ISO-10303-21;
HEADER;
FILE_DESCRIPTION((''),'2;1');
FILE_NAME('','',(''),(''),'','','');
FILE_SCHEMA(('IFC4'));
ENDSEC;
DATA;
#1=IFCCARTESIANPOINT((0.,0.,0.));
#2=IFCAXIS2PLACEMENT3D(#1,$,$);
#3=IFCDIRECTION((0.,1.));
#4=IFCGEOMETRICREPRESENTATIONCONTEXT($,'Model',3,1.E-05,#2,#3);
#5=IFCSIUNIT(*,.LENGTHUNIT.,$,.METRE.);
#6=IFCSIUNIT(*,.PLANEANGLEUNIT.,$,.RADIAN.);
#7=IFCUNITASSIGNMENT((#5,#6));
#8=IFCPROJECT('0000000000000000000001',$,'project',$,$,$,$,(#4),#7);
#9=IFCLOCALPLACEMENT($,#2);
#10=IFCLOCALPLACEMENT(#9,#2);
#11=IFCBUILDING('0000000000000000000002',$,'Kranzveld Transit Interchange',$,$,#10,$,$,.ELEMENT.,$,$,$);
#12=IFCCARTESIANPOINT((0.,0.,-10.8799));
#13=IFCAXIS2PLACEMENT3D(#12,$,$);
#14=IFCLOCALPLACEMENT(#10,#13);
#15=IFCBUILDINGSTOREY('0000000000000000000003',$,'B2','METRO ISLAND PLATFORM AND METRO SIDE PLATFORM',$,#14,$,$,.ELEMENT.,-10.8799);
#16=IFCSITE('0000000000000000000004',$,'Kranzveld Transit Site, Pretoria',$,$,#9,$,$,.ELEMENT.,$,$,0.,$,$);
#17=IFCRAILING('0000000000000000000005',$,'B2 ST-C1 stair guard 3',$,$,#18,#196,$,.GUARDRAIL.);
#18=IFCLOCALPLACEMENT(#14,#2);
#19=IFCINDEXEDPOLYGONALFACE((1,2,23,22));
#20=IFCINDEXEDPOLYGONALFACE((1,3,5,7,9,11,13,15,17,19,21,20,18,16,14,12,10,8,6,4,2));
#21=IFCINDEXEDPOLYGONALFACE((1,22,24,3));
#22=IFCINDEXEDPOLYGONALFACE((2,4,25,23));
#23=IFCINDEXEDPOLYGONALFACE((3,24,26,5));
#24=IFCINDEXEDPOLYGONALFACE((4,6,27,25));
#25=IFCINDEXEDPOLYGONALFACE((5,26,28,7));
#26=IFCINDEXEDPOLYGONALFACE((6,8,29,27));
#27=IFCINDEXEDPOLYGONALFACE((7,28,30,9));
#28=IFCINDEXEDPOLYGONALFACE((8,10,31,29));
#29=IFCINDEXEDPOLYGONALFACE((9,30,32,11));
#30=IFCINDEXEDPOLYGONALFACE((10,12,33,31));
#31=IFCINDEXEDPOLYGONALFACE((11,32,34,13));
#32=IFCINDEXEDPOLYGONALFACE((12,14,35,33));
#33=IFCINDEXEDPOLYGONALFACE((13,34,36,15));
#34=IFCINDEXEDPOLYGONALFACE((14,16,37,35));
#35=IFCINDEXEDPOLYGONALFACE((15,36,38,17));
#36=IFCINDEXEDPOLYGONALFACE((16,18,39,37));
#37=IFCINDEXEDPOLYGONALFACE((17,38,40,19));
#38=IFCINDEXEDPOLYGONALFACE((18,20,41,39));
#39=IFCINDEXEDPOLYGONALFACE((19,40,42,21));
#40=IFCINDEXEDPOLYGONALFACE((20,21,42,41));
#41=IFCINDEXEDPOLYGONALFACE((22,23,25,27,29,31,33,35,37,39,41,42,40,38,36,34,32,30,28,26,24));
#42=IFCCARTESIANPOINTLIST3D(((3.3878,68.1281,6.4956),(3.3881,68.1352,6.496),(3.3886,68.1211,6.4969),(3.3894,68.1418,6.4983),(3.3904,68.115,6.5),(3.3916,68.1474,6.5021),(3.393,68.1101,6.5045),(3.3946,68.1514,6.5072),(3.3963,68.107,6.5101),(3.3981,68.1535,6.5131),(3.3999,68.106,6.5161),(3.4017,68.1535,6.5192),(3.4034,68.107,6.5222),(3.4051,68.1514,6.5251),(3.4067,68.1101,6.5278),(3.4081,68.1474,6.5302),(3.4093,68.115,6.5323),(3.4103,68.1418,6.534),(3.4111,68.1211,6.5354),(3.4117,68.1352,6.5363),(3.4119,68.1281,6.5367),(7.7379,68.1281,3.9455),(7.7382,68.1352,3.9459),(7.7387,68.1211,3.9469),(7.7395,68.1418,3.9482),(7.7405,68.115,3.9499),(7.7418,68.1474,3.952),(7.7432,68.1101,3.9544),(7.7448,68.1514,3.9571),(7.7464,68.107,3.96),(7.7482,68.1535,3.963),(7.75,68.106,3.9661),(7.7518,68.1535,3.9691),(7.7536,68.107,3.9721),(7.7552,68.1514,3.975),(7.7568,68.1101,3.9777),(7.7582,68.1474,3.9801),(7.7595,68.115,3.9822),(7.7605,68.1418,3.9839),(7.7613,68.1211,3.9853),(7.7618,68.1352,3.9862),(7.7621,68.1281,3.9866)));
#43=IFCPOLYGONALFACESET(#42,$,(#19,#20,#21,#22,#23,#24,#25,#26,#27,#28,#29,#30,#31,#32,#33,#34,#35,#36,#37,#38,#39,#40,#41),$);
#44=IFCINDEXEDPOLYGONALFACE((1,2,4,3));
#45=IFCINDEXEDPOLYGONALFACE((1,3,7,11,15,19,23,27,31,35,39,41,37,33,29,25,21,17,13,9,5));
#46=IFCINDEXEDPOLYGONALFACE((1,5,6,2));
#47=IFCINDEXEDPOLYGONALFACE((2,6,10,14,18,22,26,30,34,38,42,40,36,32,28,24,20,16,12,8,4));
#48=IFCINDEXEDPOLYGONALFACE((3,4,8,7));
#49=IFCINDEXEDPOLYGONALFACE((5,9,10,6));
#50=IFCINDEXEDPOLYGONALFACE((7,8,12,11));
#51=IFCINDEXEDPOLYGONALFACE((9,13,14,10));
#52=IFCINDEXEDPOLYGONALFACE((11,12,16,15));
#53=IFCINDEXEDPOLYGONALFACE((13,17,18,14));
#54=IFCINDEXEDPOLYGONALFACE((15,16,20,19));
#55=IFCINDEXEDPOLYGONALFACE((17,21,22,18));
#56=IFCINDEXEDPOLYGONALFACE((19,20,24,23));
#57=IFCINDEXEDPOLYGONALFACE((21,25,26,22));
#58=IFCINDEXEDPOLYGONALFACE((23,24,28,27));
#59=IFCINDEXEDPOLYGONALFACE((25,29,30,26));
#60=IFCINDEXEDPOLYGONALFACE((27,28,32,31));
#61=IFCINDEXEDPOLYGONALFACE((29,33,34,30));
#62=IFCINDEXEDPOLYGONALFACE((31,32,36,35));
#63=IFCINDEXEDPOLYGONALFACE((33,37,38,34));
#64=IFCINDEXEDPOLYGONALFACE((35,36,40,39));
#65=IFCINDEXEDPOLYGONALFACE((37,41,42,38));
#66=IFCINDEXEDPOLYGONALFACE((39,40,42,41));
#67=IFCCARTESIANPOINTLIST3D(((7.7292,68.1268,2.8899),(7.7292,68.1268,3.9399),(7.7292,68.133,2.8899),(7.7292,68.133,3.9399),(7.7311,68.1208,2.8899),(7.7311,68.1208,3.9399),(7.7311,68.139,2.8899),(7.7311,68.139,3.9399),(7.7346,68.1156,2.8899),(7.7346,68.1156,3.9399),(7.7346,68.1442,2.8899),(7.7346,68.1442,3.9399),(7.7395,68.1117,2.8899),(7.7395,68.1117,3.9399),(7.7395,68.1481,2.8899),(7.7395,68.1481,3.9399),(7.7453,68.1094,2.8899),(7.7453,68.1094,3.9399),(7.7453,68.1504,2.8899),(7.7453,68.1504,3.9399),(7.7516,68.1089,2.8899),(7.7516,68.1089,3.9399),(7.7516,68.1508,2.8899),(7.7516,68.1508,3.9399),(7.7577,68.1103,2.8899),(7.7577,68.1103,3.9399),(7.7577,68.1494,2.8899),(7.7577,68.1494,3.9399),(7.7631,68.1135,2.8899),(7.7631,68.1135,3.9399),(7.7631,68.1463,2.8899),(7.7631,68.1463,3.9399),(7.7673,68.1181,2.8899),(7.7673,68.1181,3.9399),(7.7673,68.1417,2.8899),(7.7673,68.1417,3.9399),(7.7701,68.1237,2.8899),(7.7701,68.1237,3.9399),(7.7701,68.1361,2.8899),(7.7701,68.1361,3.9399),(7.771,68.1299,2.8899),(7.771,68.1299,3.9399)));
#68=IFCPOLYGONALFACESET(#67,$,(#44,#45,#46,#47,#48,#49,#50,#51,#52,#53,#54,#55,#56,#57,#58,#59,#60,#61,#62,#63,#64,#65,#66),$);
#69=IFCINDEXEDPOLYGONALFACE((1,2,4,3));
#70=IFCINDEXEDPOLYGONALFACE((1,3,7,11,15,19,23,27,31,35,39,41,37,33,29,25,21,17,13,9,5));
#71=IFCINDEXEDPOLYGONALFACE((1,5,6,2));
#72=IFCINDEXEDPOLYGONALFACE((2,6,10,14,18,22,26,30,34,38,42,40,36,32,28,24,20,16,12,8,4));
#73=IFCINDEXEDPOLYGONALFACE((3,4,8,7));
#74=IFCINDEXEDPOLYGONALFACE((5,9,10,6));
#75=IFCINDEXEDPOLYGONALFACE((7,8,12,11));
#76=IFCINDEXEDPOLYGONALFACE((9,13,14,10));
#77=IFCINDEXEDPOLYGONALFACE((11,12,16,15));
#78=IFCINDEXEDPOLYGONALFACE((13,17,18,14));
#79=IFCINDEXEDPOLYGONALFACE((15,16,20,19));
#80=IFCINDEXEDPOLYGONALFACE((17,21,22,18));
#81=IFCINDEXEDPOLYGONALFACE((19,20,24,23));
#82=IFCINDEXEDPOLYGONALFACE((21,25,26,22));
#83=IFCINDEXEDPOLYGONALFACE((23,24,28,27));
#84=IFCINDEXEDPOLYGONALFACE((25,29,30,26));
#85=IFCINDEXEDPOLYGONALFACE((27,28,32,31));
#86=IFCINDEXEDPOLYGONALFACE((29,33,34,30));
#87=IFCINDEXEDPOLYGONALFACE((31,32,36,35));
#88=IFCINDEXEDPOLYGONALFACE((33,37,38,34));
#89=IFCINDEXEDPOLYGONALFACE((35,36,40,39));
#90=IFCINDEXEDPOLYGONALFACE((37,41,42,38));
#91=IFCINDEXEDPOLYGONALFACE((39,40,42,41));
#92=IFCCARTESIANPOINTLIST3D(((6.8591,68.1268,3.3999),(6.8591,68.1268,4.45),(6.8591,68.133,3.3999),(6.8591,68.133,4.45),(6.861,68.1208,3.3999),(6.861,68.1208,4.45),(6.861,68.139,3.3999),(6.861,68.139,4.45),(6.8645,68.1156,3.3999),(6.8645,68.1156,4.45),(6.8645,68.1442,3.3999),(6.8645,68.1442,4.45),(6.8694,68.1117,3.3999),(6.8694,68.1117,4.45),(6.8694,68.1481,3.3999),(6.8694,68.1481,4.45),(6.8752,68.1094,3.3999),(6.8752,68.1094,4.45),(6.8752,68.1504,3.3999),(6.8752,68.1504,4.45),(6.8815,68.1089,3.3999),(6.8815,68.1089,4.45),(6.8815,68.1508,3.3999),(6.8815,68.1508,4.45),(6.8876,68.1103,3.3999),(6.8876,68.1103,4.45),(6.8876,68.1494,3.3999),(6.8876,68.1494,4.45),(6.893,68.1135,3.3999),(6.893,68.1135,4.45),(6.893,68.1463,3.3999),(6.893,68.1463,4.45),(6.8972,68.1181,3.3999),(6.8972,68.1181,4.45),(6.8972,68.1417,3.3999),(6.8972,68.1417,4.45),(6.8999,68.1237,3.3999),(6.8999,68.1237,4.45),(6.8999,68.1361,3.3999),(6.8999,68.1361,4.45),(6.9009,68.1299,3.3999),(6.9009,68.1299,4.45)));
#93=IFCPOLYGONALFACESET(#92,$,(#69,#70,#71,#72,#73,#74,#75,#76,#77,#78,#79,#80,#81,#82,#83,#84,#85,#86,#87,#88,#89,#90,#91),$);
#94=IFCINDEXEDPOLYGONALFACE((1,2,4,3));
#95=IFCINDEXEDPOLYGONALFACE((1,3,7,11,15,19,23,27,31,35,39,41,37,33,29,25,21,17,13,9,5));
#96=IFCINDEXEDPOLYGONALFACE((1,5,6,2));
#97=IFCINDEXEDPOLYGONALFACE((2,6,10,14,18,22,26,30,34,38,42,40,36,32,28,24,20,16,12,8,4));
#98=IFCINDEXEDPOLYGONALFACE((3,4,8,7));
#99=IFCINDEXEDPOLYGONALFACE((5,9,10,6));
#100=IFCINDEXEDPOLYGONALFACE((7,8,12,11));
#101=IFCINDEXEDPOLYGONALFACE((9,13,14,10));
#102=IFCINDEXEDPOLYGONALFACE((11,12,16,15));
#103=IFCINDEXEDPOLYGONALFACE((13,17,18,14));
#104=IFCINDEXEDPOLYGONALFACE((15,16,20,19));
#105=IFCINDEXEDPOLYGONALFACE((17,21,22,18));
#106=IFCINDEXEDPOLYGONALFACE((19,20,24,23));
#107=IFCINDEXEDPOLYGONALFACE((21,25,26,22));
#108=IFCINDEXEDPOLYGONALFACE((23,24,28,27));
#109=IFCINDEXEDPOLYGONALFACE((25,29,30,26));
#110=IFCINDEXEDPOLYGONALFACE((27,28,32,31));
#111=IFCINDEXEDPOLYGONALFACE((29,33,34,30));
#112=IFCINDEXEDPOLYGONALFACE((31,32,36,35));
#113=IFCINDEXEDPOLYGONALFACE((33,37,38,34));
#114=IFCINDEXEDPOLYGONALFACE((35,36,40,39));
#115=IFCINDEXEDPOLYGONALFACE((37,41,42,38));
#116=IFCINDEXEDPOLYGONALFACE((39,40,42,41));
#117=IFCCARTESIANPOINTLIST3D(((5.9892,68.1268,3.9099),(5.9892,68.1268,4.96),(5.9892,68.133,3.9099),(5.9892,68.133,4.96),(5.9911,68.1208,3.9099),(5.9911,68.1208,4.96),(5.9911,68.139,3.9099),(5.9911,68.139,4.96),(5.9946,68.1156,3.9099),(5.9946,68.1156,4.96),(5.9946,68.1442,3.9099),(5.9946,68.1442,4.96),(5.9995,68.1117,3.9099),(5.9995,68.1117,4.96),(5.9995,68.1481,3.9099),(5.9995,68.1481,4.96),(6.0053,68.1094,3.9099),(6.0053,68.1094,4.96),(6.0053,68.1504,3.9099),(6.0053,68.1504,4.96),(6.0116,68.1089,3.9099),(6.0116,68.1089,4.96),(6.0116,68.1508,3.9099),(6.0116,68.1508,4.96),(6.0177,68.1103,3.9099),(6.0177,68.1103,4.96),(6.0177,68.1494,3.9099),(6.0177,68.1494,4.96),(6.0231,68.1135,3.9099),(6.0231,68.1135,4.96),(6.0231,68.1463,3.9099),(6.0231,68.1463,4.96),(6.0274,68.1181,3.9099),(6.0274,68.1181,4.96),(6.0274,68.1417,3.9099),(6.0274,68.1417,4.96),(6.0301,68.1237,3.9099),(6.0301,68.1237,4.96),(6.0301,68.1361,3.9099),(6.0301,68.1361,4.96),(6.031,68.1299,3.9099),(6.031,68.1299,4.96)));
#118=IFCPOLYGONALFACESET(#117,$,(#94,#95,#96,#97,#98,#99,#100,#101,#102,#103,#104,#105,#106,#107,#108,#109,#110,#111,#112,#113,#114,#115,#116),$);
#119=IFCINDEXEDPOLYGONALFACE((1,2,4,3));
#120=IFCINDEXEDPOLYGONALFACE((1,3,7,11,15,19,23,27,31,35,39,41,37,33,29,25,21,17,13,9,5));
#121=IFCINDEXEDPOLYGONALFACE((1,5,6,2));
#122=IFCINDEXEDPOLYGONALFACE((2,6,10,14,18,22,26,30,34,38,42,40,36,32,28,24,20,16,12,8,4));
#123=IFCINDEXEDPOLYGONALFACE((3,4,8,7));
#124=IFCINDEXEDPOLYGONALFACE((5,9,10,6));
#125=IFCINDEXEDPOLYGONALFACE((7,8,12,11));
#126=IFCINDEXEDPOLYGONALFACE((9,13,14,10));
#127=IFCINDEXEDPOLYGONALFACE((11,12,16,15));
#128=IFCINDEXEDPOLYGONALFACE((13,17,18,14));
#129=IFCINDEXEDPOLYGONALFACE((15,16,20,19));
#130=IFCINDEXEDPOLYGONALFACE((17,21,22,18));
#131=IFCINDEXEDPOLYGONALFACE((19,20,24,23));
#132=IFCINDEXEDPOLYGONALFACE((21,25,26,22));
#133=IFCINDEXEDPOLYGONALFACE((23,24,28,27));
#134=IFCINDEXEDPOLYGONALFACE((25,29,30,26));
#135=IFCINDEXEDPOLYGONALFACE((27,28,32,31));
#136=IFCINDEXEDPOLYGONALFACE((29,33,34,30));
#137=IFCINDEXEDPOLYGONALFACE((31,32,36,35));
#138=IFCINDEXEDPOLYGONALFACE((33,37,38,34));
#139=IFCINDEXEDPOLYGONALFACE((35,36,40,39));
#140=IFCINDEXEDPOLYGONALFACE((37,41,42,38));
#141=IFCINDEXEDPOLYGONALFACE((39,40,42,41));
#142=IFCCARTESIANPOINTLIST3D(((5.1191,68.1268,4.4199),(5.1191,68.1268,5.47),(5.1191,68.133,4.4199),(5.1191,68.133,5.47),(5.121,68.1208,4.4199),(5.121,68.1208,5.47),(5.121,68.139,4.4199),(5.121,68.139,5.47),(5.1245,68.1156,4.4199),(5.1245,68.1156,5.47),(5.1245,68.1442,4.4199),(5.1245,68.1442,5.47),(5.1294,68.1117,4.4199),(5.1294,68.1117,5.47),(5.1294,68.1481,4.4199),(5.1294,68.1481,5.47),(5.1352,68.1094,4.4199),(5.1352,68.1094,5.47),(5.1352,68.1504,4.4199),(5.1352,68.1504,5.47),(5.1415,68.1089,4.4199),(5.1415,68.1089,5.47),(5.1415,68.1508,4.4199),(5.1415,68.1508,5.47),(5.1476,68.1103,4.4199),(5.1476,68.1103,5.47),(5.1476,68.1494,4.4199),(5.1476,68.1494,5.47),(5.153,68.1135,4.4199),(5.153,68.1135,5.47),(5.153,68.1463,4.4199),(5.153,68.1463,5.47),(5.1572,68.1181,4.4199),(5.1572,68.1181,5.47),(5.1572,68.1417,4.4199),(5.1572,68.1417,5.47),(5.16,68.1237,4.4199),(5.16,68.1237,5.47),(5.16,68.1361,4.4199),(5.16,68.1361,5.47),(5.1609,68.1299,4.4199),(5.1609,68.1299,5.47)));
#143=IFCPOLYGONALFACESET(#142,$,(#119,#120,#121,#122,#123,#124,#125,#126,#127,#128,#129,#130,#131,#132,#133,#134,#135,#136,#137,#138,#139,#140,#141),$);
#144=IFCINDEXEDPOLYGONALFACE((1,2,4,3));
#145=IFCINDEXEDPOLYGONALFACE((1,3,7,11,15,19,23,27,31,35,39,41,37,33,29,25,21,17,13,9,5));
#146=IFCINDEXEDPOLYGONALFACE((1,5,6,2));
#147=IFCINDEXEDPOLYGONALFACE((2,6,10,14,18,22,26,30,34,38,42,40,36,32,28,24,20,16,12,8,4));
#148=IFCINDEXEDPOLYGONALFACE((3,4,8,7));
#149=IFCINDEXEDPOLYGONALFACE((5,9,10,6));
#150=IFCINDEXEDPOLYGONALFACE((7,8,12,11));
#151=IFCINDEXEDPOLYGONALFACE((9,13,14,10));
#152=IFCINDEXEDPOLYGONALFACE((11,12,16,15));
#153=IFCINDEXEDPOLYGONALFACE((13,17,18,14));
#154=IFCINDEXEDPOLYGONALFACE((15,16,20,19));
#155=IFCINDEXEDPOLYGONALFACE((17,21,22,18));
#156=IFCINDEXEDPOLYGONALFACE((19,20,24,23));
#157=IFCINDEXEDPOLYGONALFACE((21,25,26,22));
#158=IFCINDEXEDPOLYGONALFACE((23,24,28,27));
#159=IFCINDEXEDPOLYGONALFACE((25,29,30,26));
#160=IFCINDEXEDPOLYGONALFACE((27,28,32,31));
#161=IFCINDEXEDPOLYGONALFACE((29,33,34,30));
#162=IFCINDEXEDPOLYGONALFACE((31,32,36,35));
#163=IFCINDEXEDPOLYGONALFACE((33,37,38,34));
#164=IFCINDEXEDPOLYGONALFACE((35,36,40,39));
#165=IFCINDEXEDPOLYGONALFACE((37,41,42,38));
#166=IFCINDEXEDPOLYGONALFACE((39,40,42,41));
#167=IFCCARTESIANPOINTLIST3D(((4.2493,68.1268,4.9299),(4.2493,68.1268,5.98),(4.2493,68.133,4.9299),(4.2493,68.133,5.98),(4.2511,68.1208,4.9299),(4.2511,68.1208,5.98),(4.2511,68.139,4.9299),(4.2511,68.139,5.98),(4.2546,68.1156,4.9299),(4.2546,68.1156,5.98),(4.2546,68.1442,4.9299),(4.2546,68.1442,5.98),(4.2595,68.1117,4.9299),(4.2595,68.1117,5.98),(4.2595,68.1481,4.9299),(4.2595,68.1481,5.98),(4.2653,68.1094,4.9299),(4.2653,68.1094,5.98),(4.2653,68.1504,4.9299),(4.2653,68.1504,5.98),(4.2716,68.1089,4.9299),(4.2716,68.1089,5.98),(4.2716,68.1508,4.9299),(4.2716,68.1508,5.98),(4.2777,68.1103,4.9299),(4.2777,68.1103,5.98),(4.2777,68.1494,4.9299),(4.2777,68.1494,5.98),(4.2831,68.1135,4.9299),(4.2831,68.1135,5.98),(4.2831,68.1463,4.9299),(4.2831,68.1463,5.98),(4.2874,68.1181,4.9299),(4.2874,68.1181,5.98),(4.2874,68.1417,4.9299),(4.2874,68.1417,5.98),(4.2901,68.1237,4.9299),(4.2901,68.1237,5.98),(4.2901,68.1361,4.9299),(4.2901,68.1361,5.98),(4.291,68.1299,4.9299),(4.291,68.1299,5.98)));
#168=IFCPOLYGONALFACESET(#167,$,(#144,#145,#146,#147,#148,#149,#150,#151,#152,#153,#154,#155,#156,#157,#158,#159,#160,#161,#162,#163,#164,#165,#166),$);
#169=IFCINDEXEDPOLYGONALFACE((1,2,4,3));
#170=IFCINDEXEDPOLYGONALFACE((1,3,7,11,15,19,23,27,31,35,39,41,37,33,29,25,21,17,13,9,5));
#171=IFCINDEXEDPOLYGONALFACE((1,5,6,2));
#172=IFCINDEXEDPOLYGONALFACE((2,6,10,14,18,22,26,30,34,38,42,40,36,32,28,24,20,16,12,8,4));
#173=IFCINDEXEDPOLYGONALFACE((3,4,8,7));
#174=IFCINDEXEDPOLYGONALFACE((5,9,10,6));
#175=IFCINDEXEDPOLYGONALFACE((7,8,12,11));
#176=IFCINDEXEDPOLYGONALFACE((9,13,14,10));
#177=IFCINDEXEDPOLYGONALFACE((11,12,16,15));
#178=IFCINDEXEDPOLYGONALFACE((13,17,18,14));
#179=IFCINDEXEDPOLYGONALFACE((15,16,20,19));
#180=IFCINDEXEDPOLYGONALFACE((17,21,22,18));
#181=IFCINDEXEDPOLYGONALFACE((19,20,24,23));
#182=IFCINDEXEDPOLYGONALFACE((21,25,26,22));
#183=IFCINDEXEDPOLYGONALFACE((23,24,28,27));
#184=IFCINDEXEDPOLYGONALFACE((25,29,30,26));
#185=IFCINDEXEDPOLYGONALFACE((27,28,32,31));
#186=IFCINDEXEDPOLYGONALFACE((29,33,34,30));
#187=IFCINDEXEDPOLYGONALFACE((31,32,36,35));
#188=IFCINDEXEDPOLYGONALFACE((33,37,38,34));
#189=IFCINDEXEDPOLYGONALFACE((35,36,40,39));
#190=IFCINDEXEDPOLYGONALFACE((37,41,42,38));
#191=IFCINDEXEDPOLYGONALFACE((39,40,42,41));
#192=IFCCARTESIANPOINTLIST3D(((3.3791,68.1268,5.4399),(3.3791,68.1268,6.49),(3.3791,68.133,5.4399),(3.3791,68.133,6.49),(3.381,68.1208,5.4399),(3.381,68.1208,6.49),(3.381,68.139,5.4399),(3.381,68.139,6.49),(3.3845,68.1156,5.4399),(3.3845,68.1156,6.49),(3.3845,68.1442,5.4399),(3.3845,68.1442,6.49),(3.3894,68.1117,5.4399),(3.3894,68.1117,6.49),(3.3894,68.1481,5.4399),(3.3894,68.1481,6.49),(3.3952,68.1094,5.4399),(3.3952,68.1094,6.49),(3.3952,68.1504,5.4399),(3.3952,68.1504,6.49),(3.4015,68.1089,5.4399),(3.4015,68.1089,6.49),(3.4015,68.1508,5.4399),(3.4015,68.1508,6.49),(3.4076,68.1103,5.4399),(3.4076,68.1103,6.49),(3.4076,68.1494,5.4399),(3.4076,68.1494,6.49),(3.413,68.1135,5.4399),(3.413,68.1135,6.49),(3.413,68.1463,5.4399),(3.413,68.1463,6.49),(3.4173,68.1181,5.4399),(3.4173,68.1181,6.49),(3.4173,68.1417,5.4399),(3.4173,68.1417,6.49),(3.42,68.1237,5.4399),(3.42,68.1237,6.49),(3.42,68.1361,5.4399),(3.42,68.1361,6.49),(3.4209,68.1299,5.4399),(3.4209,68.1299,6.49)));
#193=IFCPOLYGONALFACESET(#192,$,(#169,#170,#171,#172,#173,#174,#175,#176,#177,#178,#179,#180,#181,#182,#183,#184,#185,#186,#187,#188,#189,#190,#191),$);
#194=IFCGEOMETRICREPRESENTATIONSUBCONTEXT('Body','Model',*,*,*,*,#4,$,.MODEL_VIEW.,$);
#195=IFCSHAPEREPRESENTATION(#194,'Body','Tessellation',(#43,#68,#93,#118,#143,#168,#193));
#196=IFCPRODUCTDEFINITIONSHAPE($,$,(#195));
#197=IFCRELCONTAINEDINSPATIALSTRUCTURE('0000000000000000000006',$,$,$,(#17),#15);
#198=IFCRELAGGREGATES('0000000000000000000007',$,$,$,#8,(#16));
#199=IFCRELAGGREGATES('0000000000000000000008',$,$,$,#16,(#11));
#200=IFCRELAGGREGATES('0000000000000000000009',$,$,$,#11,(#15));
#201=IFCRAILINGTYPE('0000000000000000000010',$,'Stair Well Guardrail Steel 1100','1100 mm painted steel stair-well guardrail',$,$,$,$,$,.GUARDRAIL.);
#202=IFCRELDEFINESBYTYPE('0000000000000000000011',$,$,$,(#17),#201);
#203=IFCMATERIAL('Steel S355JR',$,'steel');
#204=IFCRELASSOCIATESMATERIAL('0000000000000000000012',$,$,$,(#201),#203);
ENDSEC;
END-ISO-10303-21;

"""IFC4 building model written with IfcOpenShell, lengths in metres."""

from ifc_helpers import new_model, si_unit, direction, frame, origin, origin_2d, place, context, subcontext, project, spatial, circle, extrude, material, type_object, element, save


model = new_model("IFC4")

# Units and contexts
model_context = context("Model", 3, precision=1e-05, world=origin(), true_north=direction((0.0, 1.0)))
body_context = subcontext(model_context, "Body", "Model", "MODEL_VIEW")
ifc_project = project(units=[si_unit("LENGTHUNIT", "METRE"), si_unit("PLANEANGLEUNIT", "RADIAN")], contexts=[model_context])

# Site, building, storey
site_placement = place(None, origin())
site = spatial("IfcSite", under=ifc_project, at=site_placement, Name="Kranzveld Transit Site, Pretoria", CompositionType="ELEMENT", RefElevation=0.0)
building_placement = place(site_placement, origin())
building = spatial("IfcBuilding", under=site, at=building_placement, Name="Kranzveld Transit Interchange", CompositionType="ELEMENT")
storey_placement = place(building_placement, frame((0.0, 0.0, -10.8799)))
storey = spatial("IfcBuildingStorey", under=building, at=storey_placement, Name="B2", Description="METRO ISLAND PLATFORM AND METRO SIDE PLATFORM", CompositionType="ELEMENT", Elevation=-10.8799)

# Railing
ifc_material_1 = material(Name="Steel S355JR", Category="steel")
railing_type_1 = type_object("IfcRailingType", Name="Stair Well Guardrail Steel 1100", Description="1100 mm painted steel stair-well guardrail", PredefinedType="GUARDRAIL", material=ifc_material_1)
railing_1_placement = place(storey_placement, frame((7.75, 68.1299, 2.8899)))
element("IfcRailing", 1, at=railing_1_placement, inside=storey, type_object=railing_type_1, Name="B2 ST-C1 stair guard 3", PredefinedType="GUARDRAIL", context=body_context, shape_type="SweptSolid", body=[
    extrude(circle(Radius=0.0239, at=origin_2d()), frame((0.0, 0.0, 1.0762), z_axis=(-0.862699, 0.0, 0.505718), x_axis=(0.0, -1.0, 0.0)), (0.0, 0.0, 1.0), 5.0425),
    extrude(circle(Radius=0.021, at=origin_2d()), origin(), (0.0, 0.0, 1.0), 1.05),
    extrude(circle(Radius=0.021, at=origin_2d()), frame((-0.8701, 0.0, 0.51)), (0.0, 0.0, 1.0), 1.05),
    extrude(circle(Radius=0.021, at=origin_2d()), frame((-1.74, 0.0, 1.02)), (0.0, 0.0, 1.0), 1.05),
    extrude(circle(Radius=0.021, at=origin_2d()), frame((-2.6101, 0.0, 1.53)), (0.0, 0.0, 1.0), 1.05),
    extrude(circle(Radius=0.021, at=origin_2d()), frame((-3.48, 0.0, 2.04)), (0.0, 0.0, 1.0), 1.05),
    extrude(circle(Radius=0.021, at=origin_2d()), frame((-4.3501, 0.0, 2.55)), (0.0, 0.0, 1.0), 1.05),
])

save(model, "model.ifc")
